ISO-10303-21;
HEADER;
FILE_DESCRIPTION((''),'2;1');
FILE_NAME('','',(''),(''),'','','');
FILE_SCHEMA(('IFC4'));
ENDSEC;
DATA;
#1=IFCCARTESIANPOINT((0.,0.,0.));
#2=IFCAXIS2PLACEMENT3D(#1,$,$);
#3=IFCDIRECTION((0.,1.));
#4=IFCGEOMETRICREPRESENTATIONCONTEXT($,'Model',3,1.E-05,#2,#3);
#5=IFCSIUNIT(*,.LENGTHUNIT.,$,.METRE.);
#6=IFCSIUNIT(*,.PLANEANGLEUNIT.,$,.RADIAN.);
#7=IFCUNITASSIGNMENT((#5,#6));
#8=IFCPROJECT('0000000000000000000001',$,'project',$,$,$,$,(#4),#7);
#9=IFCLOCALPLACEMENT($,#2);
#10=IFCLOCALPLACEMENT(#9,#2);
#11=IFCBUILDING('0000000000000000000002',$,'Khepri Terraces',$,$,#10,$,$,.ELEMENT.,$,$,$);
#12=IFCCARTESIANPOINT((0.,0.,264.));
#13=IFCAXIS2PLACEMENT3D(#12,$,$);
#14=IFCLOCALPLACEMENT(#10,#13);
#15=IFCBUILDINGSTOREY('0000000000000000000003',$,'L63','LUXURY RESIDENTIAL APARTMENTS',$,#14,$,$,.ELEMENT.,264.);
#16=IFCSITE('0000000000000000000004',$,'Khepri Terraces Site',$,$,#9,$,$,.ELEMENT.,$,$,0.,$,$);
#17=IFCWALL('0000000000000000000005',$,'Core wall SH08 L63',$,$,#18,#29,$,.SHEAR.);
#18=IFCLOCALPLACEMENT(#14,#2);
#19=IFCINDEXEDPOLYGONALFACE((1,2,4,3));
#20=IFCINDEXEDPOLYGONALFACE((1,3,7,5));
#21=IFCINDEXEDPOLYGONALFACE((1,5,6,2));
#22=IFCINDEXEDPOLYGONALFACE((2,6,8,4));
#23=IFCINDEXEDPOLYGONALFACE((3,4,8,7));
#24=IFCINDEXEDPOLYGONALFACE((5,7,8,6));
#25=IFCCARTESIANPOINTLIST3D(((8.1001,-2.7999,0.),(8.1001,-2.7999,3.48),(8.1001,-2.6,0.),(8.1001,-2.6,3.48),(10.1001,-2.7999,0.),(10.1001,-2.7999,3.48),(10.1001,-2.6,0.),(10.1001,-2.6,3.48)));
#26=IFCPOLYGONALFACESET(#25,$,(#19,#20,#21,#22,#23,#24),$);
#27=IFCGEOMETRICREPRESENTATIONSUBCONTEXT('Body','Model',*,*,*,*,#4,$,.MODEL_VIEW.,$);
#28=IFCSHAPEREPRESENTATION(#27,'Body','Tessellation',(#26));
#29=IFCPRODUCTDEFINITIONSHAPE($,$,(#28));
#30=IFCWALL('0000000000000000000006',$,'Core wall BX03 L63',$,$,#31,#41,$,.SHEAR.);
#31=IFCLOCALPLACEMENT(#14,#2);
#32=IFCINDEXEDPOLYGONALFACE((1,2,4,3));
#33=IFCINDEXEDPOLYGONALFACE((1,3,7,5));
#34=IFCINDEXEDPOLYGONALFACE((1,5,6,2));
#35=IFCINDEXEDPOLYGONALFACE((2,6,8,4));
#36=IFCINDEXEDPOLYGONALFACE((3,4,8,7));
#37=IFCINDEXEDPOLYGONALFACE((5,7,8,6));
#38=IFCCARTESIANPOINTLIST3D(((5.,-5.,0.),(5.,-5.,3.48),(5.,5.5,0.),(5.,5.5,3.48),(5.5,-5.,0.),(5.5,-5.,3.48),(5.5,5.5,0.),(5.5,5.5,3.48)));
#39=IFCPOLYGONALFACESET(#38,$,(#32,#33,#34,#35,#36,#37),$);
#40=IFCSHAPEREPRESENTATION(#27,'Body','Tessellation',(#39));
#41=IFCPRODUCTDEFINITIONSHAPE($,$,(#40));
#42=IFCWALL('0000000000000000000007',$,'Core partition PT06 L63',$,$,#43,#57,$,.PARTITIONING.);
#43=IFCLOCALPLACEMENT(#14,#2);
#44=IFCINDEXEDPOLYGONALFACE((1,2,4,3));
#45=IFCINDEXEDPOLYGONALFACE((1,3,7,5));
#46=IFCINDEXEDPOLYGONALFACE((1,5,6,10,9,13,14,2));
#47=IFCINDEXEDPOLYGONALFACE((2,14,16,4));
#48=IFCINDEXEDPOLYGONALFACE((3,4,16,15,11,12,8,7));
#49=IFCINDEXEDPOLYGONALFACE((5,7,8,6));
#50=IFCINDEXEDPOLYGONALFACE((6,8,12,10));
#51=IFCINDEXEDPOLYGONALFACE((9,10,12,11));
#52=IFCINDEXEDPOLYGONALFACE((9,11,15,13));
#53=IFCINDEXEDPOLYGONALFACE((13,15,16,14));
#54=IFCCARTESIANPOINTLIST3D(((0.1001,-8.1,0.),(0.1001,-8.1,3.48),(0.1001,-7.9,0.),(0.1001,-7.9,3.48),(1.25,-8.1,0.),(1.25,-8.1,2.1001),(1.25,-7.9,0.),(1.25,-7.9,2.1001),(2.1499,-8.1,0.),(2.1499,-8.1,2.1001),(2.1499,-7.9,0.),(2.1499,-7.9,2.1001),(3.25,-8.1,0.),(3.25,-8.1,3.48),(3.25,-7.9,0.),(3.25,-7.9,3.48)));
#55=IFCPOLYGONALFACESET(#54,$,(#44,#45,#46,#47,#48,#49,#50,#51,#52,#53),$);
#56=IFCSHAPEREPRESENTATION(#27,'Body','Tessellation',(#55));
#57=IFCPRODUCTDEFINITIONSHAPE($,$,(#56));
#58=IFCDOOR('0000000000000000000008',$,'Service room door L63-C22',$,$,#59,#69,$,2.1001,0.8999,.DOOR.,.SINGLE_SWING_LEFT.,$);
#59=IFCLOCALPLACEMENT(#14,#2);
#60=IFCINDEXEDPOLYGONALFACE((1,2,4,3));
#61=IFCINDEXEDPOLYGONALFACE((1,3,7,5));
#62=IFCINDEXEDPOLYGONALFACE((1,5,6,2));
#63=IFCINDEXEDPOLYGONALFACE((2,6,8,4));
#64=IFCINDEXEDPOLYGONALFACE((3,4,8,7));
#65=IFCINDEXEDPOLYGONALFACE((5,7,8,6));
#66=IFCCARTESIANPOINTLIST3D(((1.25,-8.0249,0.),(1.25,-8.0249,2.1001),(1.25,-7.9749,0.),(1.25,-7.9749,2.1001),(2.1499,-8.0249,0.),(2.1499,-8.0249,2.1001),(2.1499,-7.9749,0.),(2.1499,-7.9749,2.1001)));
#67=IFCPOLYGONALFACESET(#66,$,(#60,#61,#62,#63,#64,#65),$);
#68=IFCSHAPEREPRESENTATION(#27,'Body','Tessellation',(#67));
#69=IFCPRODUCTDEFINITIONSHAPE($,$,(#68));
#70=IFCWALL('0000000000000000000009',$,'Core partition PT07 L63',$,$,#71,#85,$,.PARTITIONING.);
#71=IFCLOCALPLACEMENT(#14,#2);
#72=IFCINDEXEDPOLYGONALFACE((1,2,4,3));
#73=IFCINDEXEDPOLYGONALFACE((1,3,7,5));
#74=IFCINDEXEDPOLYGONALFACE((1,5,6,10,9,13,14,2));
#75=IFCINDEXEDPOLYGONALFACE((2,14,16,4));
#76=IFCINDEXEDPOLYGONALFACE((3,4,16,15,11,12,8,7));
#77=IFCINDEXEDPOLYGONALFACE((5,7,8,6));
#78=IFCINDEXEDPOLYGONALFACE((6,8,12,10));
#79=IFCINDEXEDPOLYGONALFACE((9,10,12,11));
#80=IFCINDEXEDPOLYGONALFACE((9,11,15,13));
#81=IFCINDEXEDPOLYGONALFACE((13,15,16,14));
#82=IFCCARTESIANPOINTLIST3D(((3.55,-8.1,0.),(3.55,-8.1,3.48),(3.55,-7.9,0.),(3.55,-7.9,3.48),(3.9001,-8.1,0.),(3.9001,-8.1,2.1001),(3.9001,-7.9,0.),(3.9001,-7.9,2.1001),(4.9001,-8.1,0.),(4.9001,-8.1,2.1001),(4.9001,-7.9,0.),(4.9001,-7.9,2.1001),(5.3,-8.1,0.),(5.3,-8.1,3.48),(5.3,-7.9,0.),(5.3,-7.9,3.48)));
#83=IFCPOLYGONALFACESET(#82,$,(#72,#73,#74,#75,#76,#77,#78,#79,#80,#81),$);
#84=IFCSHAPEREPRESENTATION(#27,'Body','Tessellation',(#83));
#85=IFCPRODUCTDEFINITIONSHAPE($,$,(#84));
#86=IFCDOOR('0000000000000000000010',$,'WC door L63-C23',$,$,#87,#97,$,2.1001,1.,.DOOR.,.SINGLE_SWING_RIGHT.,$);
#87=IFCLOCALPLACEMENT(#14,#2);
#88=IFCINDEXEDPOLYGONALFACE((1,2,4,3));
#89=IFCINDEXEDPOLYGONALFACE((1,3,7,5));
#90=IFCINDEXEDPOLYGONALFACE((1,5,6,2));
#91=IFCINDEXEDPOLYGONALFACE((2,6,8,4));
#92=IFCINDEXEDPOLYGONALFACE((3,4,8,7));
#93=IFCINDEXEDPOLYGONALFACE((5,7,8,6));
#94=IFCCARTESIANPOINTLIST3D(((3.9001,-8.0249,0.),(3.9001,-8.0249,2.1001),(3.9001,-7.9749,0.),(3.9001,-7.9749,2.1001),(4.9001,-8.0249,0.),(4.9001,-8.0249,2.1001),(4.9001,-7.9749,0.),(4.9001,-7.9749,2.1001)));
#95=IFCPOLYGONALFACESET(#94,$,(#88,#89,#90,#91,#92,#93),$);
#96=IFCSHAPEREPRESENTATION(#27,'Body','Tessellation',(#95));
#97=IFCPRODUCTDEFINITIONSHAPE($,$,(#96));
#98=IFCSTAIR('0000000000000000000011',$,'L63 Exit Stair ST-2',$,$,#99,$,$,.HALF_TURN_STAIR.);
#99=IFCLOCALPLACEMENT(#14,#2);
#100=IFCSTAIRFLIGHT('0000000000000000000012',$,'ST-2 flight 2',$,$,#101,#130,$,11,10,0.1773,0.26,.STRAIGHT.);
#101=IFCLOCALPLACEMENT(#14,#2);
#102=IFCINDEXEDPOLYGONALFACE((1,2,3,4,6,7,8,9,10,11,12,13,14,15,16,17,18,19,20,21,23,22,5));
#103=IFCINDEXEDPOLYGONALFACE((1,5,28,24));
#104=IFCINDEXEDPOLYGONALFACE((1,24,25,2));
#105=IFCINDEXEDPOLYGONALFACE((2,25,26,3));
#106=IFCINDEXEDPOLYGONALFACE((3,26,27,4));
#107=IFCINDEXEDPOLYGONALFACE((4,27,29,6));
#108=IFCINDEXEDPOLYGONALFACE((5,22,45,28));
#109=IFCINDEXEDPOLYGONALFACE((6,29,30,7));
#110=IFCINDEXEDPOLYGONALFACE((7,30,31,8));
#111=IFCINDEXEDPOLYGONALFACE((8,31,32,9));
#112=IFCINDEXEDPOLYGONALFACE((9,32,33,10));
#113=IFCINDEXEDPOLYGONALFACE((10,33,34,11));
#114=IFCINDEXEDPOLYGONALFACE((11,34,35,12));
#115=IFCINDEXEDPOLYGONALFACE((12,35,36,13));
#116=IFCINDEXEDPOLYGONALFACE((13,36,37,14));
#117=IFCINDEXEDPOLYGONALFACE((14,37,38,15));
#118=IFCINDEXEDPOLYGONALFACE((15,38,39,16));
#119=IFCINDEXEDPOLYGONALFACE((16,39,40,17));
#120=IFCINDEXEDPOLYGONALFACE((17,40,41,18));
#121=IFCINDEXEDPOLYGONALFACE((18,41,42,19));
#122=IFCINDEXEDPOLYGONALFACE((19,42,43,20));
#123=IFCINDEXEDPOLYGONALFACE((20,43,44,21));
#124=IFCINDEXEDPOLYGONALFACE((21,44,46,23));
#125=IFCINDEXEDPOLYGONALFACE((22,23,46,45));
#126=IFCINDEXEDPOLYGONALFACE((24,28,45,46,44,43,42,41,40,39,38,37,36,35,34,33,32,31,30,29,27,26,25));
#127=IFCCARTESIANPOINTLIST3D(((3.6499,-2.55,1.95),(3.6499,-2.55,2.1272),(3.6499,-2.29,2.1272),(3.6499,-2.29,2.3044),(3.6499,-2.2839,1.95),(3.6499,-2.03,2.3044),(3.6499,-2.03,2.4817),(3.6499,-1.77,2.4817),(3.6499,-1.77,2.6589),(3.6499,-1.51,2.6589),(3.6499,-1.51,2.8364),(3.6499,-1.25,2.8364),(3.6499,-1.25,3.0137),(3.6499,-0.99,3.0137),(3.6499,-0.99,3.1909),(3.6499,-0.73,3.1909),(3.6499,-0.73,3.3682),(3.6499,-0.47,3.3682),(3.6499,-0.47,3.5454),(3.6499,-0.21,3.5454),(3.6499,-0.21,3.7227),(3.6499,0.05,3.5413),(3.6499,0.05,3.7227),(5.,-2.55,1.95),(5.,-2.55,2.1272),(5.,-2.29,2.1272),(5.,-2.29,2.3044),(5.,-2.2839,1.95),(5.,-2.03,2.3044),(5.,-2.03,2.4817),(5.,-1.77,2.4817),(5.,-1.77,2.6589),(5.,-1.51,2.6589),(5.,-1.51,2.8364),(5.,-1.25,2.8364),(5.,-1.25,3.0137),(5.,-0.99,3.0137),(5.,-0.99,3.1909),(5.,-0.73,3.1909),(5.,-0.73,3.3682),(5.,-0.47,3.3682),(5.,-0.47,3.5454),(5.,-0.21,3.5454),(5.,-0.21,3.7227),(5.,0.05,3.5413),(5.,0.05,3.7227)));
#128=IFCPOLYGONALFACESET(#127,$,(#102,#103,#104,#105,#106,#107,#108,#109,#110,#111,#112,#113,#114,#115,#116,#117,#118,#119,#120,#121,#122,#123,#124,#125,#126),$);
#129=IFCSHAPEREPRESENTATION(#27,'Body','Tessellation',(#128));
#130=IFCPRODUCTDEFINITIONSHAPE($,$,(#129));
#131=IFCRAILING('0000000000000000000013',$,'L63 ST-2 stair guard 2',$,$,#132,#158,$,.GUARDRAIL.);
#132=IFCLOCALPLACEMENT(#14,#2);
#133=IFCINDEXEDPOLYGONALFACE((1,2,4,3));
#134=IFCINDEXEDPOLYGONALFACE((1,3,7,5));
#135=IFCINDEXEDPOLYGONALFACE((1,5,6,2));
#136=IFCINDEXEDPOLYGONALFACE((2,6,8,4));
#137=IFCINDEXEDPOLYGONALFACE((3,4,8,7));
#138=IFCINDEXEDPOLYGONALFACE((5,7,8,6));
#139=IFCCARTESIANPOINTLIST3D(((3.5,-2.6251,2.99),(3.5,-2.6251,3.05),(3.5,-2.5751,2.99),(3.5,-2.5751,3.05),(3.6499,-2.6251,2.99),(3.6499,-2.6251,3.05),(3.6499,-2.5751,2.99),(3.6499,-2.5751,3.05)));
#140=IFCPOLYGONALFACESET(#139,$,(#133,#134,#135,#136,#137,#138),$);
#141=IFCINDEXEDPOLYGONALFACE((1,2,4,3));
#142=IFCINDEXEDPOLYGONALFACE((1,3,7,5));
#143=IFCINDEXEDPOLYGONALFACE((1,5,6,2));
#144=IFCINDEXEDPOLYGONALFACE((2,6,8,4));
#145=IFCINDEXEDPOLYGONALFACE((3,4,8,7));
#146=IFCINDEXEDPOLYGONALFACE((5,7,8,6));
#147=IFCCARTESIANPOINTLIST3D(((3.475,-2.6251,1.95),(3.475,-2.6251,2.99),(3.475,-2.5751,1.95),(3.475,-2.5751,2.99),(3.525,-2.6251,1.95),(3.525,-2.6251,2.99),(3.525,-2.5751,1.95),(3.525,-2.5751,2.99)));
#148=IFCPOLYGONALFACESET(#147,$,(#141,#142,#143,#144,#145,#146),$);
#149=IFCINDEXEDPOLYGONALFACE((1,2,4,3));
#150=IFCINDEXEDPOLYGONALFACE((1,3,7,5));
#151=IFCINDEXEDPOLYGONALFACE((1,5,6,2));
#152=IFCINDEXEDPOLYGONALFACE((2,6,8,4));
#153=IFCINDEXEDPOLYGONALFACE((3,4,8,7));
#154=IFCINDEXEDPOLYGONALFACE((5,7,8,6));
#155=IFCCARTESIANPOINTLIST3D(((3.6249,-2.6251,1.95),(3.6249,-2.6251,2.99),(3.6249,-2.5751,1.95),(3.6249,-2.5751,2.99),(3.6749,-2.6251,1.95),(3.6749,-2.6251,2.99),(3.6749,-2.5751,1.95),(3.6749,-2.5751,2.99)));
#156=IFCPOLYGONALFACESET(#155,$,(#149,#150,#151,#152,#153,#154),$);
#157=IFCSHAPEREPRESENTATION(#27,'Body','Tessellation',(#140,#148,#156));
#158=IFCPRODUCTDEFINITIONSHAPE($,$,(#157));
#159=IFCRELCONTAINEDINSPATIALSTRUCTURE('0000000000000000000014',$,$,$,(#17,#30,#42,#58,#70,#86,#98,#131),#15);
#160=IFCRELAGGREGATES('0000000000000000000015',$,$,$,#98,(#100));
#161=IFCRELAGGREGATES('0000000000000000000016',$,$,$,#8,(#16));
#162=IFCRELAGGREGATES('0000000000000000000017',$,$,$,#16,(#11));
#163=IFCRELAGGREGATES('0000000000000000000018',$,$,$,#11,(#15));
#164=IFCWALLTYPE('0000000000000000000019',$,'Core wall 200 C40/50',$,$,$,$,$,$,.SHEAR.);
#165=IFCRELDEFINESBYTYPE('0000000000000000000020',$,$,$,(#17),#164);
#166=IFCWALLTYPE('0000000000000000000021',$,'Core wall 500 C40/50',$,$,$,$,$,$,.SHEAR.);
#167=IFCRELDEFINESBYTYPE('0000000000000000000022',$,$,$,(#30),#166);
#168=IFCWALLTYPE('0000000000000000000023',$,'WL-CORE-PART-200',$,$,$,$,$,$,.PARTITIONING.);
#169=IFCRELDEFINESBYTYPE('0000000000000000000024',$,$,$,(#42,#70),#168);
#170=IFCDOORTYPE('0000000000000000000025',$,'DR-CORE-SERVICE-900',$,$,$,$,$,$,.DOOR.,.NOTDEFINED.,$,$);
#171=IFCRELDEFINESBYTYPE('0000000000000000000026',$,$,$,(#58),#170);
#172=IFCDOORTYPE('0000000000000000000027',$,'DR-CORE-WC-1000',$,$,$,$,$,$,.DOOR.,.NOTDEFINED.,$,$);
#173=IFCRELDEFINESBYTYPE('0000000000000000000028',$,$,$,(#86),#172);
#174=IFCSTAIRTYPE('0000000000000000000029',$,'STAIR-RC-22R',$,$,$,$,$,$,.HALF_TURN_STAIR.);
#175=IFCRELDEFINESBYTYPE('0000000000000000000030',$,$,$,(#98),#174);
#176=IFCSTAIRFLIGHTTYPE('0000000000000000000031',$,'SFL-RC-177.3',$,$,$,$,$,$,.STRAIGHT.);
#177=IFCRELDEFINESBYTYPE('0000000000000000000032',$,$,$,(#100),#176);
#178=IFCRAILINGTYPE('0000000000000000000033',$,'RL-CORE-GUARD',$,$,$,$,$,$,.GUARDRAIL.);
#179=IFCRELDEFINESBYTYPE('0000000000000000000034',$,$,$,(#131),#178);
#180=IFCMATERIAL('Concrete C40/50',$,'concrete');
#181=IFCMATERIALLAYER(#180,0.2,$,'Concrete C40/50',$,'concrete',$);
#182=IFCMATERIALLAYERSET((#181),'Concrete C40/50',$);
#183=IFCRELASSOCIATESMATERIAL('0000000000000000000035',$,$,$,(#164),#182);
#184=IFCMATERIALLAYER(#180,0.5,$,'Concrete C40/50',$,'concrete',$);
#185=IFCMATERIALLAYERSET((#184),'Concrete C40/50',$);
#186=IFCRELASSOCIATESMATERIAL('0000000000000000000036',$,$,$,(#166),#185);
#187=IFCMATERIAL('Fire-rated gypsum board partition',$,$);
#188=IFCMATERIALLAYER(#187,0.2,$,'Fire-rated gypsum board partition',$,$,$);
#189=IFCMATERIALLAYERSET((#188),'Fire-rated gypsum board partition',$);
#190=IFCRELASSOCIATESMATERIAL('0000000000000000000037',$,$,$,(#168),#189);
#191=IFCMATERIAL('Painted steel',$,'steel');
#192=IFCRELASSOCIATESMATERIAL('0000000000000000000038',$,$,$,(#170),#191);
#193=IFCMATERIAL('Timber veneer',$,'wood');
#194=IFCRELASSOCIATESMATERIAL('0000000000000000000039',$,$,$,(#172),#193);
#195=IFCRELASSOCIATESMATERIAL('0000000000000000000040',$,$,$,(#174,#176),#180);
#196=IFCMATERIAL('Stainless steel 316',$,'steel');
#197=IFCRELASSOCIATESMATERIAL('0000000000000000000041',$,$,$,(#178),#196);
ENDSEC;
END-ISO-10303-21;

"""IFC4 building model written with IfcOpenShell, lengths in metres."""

from ifc_helpers import new_model, si_unit, direction, frame, frame_2d, origin, origin_2d, place, context, subcontext, project, spatial, polyline, rectangle, outline, extrude, material, layer, layer_set, type_object, element, fill, aggregate, save


model = new_model("IFC4")

# Units and contexts
model_context = context("Model", 3, precision=1e-05, world=origin(), true_north=direction((0.0, 1.0)))
body_context = subcontext(model_context, "Body", "Model", "MODEL_VIEW")
ifc_project = project(units=[si_unit("LENGTHUNIT", "METRE"), si_unit("PLANEANGLEUNIT", "RADIAN")], contexts=[model_context])

# Site, building, storey
site_placement = place(None, origin())
site = spatial("IfcSite", under=ifc_project, at=site_placement, Name="Khepri Terraces Site", CompositionType="ELEMENT", RefElevation=0.0)
building_placement = place(site_placement, origin())
building = spatial("IfcBuilding", under=site, at=building_placement, Name="Khepri Terraces", CompositionType="ELEMENT")
storey_placement = place(building_placement, frame((0.0, 0.0, 264.0)))
storey = spatial("IfcBuildingStorey", under=building, at=storey_placement, Name="L63", Description="LUXURY RESIDENTIAL APARTMENTS", CompositionType="ELEMENT", Elevation=264.0)

# Shared definitions
ifc_material_1 = material(Name="Concrete C40/50", Category="concrete")
ifc_layer_1 = layer(ifc_material_1, 0.2, Name="Concrete C40/50", Category="concrete")
ifc_layer_set_1 = layer_set([ifc_layer_1], Name="Concrete C40/50")
wall_type_1 = type_object("IfcWallType", Name="Core wall 200 C40/50", PredefinedType="SHEAR", material=ifc_layer_set_1)
ifc_material_2 = material(Name="Painted steel", Category="steel")

# Walls
for number, where, z_axis, x_axis, name in (
    (1, (8.1001, -2.7, 0.0), (0.0, 0.0, 1.0), (1.0, 0.0, 0.0), "Core wall SH08 L63"),
):
    element("IfcWall", number, at=place(storey_placement, frame(where, z_axis=z_axis, x_axis=x_axis)), inside=storey, type_object=wall_type_1, Name=name, PredefinedType="SHEAR", context=body_context, shape_type="SweptSolid", body=[
        extrude(rectangle(XDim=2.0, YDim=0.2, at=frame_2d((1.0, 0.0))), origin(), (0.0, 0.0, 1.0), 3.48),
    ])
ifc_layer_2 = layer(ifc_material_1, 0.5, Name="Concrete C40/50", Category="concrete")
ifc_layer_set_2 = layer_set([ifc_layer_2], Name="Concrete C40/50")
wall_type_2 = type_object("IfcWallType", Name="Core wall 500 C40/50", PredefinedType="SHEAR", material=ifc_layer_set_2)
wall_1_placement = place(storey_placement, frame((5.25, -5.0, 0.0), z_axis=(0.0, 0.0, 1.0), x_axis=(0.0, 1.0, 0.0)))
element("IfcWall", 2, at=wall_1_placement, inside=storey, type_object=wall_type_2, Name="Core wall BX03 L63", PredefinedType="SHEAR", context=body_context, shape_type="SweptSolid", body=[
    extrude(rectangle(XDim=10.5, YDim=0.5, at=frame_2d((5.25, 0.0))), origin(), (0.0, 0.0, 1.0), 3.48),
])

# Walls, openings, doors
ifc_material_3 = material(Name="Fire-rated gypsum board partition")
ifc_layer_3 = layer(ifc_material_3, 0.2, Name="Fire-rated gypsum board partition")
ifc_layer_set_3 = layer_set([ifc_layer_3], Name="Fire-rated gypsum board partition")
wall_type_3 = type_object("IfcWallType", Name="WL-CORE-PART-200", PredefinedType="PARTITIONING", material=ifc_layer_set_3)
wall_2_placement = place(storey_placement, frame((0.1001, -8.0, 0.0), z_axis=(0.0, 0.0, 1.0), x_axis=(1.0, 0.0, 0.0)))
wall_2 = element("IfcWall", 3, at=wall_2_placement, inside=storey, type_object=wall_type_3, Name="Core partition PT06 L63", PredefinedType="PARTITIONING", context=body_context, shape_type="SweptSolid", body=[
    extrude(rectangle(XDim=3.1499, YDim=0.2, at=frame_2d((1.575, 0.0))), origin(), (0.0, 0.0, 1.0), 3.48),
])
opening_1_placement = place(wall_2_placement, frame((1.1499, 0.0, 0.0)))
opening_1 = element("IfcOpeningElement", 4, at=opening_1_placement, cuts=wall_2, PredefinedType="OPENING", context=body_context, shape_type="SweptSolid", body=[
    extrude(rectangle(XDim=0.8999, YDim=2.1001, at=frame_2d((0.45, 1.05))), frame((0.0, 0.1099, 0.0), z_axis=(0.0, -1.0, 0.0), x_axis=(1.0, 0.0, 0.0)), (0.0, 0.0, 1.0), 0.22),
])
door_type_1 = type_object("IfcDoorType", Name="DR-CORE-SERVICE-900", OperationType="NOTDEFINED", PredefinedType="DOOR", material=ifc_material_2)
door_1_placement = place(opening_1_placement, frame((0.8999, 0.0, 0.0), z_axis=(0.0, 0.0, 1.0), x_axis=(-1.0, 0.0, 0.0)))
door_1 = element("IfcDoor", 5, at=door_1_placement, inside=storey, type_object=door_type_1, Name="Service room door L63-C22", OperationType="SINGLE_SWING_LEFT", OverallHeight=2.1001, OverallWidth=0.8999, PredefinedType="DOOR", context=body_context, shape_type="SweptSolid", body=[
    extrude(rectangle(XDim=0.8999, YDim=2.1001, at=frame_2d((0.45, 1.05))), frame((0.0, 0.0249, 0.0), z_axis=(0.0, -1.0, 0.0), x_axis=(1.0, 0.0, 0.0)), (0.0, 0.0, 1.0), 0.05),
])
fill(opening_1, door_1)
wall_3_placement = place(storey_placement, frame((3.55, -8.0, 0.0), z_axis=(0.0, 0.0, 1.0), x_axis=(1.0, 0.0, 0.0)))
wall_3 = element("IfcWall", 6, at=wall_3_placement, inside=storey, type_object=wall_type_3, Name="Core partition PT07 L63", PredefinedType="PARTITIONING", context=body_context, shape_type="SweptSolid", body=[
    extrude(rectangle(XDim=1.75, YDim=0.2, at=frame_2d((0.875, 0.0))), origin(), (0.0, 0.0, 1.0), 3.48),
])
opening_2_placement = place(wall_3_placement, frame((0.3501, 0.0, 0.0)))
opening_2 = element("IfcOpeningElement", 7, at=opening_2_placement, cuts=wall_3, PredefinedType="OPENING", context=body_context, shape_type="SweptSolid", body=[
    extrude(rectangle(XDim=1.0, YDim=2.1001, at=frame_2d((0.5, 1.05))), frame((0.0, 0.1099, 0.0), z_axis=(0.0, -1.0, 0.0), x_axis=(1.0, 0.0, 0.0)), (0.0, 0.0, 1.0), 0.22),
])
ifc_material_4 = material(Name="Timber veneer", Category="wood")
door_type_2 = type_object("IfcDoorType", Name="DR-CORE-WC-1000", OperationType="NOTDEFINED", PredefinedType="DOOR", material=ifc_material_4)
door_2_placement = place(opening_2_placement, frame((1.0, 0.0, 0.0), z_axis=(0.0, 0.0, 1.0), x_axis=(-1.0, 0.0, 0.0)))
door_2 = element("IfcDoor", 8, at=door_2_placement, inside=storey, type_object=door_type_2, Name="WC door L63-C23", OperationType="SINGLE_SWING_RIGHT", OverallHeight=2.1001, OverallWidth=1.0, PredefinedType="DOOR", context=body_context, shape_type="SweptSolid", body=[
    extrude(rectangle(XDim=1.0, YDim=2.1001, at=frame_2d((0.5, 1.05))), frame((0.0, 0.0249, 0.0), z_axis=(0.0, -1.0, 0.0), x_axis=(1.0, 0.0, 0.0)), (0.0, 0.0, 1.0), 0.05),
])
fill(opening_2, door_2)

# Stair, stair flight
stair_type = type_object("IfcStairType", Name="STAIR-RC-22R", PredefinedType="HALF_TURN_STAIR", material=ifc_material_1)
stair_placement = place(storey_placement, origin())
stair = element("IfcStair", 9, at=stair_placement, inside=storey, type_object=stair_type, Name="L63 Exit Stair ST-2", PredefinedType="HALF_TURN_STAIR")
stair_flight_type = type_object("IfcStairFlightType", Name="SFL-RC-177.3", PredefinedType="STRAIGHT", material=ifc_material_1)
stair_flight_placement = place(storey_placement, frame((4.325, -2.55, 1.95), z_axis=(0.0, 0.0, 1.0), x_axis=(0.0, 1.0, 0.0)))
stair_flight = element("IfcStairFlight", 10, at=stair_flight_placement, type_object=stair_flight_type, Name="ST-2 flight 2", NumberOfRisers=11, NumberOfTreads=10, PredefinedType="STRAIGHT", RiserHeight=0.1773, TreadLength=0.26, context=body_context, shape_type="SweptSolid", body=[
    extrude(outline(polyline([(0.0, 0.0), (0.0, 0.1772), (0.26, 0.1772), (0.26, 0.3545), (0.52, 0.3545), (0.52, 0.5317), (0.78, 0.5317), (0.78, 0.709), (1.04, 0.709), (1.04, 0.8865), (1.3, 0.8865), (1.3, 1.0637), (1.5601, 1.0637), (1.5601, 1.241), (1.8201, 1.241), (1.8201, 1.4182), (2.0801, 1.4182), (2.0801, 1.5955), (2.3401, 1.5955), (2.3401, 1.7727), (2.6001, 1.7727), (2.6001, 1.95), (2.6001, 1.5913), (0.2661, 0.0), (0.0, 0.0)])), frame((0.0, 0.675, 0.0), z_axis=(0.0, -1.0, 0.0), x_axis=(1.0, 0.0, 0.0)), (0.0, 0.0, 1.0), 1.3501),
])
aggregate(stair, [stair_flight])

# Railing
ifc_material_5 = material(Name="Stainless steel 316", Category="steel")
railing_type_1 = type_object("IfcRailingType", Name="RL-CORE-GUARD", PredefinedType="GUARDRAIL", material=ifc_material_5)
railing_1_placement = place(storey_placement, frame((3.5, -2.6001, 1.95)))
element("IfcRailing", 11, at=railing_1_placement, inside=storey, type_object=railing_type_1, Name="L63 ST-2 stair guard 2", PredefinedType="GUARDRAIL", context=body_context, shape_type="SweptSolid", body=[
    extrude(rectangle(XDim=0.05, YDim=0.0601, at=origin_2d()), frame((0.0, 0.0, 1.0701), z_axis=(1.0, 0.0, 0.0), x_axis=(0.0, 1.0, 0.0)), (0.0, 0.0, 1.0), 0.1499),
    extrude(rectangle(XDim=0.05, YDim=0.05, at=origin_2d()), origin(), (0.0, 0.0, 1.0), 1.04),
    extrude(rectangle(XDim=0.05, YDim=0.05, at=origin_2d()), frame((0.1499, 0.0, 0.0)), (0.0, 0.0, 1.0), 1.04),
])

save(model, "model.ifc")
